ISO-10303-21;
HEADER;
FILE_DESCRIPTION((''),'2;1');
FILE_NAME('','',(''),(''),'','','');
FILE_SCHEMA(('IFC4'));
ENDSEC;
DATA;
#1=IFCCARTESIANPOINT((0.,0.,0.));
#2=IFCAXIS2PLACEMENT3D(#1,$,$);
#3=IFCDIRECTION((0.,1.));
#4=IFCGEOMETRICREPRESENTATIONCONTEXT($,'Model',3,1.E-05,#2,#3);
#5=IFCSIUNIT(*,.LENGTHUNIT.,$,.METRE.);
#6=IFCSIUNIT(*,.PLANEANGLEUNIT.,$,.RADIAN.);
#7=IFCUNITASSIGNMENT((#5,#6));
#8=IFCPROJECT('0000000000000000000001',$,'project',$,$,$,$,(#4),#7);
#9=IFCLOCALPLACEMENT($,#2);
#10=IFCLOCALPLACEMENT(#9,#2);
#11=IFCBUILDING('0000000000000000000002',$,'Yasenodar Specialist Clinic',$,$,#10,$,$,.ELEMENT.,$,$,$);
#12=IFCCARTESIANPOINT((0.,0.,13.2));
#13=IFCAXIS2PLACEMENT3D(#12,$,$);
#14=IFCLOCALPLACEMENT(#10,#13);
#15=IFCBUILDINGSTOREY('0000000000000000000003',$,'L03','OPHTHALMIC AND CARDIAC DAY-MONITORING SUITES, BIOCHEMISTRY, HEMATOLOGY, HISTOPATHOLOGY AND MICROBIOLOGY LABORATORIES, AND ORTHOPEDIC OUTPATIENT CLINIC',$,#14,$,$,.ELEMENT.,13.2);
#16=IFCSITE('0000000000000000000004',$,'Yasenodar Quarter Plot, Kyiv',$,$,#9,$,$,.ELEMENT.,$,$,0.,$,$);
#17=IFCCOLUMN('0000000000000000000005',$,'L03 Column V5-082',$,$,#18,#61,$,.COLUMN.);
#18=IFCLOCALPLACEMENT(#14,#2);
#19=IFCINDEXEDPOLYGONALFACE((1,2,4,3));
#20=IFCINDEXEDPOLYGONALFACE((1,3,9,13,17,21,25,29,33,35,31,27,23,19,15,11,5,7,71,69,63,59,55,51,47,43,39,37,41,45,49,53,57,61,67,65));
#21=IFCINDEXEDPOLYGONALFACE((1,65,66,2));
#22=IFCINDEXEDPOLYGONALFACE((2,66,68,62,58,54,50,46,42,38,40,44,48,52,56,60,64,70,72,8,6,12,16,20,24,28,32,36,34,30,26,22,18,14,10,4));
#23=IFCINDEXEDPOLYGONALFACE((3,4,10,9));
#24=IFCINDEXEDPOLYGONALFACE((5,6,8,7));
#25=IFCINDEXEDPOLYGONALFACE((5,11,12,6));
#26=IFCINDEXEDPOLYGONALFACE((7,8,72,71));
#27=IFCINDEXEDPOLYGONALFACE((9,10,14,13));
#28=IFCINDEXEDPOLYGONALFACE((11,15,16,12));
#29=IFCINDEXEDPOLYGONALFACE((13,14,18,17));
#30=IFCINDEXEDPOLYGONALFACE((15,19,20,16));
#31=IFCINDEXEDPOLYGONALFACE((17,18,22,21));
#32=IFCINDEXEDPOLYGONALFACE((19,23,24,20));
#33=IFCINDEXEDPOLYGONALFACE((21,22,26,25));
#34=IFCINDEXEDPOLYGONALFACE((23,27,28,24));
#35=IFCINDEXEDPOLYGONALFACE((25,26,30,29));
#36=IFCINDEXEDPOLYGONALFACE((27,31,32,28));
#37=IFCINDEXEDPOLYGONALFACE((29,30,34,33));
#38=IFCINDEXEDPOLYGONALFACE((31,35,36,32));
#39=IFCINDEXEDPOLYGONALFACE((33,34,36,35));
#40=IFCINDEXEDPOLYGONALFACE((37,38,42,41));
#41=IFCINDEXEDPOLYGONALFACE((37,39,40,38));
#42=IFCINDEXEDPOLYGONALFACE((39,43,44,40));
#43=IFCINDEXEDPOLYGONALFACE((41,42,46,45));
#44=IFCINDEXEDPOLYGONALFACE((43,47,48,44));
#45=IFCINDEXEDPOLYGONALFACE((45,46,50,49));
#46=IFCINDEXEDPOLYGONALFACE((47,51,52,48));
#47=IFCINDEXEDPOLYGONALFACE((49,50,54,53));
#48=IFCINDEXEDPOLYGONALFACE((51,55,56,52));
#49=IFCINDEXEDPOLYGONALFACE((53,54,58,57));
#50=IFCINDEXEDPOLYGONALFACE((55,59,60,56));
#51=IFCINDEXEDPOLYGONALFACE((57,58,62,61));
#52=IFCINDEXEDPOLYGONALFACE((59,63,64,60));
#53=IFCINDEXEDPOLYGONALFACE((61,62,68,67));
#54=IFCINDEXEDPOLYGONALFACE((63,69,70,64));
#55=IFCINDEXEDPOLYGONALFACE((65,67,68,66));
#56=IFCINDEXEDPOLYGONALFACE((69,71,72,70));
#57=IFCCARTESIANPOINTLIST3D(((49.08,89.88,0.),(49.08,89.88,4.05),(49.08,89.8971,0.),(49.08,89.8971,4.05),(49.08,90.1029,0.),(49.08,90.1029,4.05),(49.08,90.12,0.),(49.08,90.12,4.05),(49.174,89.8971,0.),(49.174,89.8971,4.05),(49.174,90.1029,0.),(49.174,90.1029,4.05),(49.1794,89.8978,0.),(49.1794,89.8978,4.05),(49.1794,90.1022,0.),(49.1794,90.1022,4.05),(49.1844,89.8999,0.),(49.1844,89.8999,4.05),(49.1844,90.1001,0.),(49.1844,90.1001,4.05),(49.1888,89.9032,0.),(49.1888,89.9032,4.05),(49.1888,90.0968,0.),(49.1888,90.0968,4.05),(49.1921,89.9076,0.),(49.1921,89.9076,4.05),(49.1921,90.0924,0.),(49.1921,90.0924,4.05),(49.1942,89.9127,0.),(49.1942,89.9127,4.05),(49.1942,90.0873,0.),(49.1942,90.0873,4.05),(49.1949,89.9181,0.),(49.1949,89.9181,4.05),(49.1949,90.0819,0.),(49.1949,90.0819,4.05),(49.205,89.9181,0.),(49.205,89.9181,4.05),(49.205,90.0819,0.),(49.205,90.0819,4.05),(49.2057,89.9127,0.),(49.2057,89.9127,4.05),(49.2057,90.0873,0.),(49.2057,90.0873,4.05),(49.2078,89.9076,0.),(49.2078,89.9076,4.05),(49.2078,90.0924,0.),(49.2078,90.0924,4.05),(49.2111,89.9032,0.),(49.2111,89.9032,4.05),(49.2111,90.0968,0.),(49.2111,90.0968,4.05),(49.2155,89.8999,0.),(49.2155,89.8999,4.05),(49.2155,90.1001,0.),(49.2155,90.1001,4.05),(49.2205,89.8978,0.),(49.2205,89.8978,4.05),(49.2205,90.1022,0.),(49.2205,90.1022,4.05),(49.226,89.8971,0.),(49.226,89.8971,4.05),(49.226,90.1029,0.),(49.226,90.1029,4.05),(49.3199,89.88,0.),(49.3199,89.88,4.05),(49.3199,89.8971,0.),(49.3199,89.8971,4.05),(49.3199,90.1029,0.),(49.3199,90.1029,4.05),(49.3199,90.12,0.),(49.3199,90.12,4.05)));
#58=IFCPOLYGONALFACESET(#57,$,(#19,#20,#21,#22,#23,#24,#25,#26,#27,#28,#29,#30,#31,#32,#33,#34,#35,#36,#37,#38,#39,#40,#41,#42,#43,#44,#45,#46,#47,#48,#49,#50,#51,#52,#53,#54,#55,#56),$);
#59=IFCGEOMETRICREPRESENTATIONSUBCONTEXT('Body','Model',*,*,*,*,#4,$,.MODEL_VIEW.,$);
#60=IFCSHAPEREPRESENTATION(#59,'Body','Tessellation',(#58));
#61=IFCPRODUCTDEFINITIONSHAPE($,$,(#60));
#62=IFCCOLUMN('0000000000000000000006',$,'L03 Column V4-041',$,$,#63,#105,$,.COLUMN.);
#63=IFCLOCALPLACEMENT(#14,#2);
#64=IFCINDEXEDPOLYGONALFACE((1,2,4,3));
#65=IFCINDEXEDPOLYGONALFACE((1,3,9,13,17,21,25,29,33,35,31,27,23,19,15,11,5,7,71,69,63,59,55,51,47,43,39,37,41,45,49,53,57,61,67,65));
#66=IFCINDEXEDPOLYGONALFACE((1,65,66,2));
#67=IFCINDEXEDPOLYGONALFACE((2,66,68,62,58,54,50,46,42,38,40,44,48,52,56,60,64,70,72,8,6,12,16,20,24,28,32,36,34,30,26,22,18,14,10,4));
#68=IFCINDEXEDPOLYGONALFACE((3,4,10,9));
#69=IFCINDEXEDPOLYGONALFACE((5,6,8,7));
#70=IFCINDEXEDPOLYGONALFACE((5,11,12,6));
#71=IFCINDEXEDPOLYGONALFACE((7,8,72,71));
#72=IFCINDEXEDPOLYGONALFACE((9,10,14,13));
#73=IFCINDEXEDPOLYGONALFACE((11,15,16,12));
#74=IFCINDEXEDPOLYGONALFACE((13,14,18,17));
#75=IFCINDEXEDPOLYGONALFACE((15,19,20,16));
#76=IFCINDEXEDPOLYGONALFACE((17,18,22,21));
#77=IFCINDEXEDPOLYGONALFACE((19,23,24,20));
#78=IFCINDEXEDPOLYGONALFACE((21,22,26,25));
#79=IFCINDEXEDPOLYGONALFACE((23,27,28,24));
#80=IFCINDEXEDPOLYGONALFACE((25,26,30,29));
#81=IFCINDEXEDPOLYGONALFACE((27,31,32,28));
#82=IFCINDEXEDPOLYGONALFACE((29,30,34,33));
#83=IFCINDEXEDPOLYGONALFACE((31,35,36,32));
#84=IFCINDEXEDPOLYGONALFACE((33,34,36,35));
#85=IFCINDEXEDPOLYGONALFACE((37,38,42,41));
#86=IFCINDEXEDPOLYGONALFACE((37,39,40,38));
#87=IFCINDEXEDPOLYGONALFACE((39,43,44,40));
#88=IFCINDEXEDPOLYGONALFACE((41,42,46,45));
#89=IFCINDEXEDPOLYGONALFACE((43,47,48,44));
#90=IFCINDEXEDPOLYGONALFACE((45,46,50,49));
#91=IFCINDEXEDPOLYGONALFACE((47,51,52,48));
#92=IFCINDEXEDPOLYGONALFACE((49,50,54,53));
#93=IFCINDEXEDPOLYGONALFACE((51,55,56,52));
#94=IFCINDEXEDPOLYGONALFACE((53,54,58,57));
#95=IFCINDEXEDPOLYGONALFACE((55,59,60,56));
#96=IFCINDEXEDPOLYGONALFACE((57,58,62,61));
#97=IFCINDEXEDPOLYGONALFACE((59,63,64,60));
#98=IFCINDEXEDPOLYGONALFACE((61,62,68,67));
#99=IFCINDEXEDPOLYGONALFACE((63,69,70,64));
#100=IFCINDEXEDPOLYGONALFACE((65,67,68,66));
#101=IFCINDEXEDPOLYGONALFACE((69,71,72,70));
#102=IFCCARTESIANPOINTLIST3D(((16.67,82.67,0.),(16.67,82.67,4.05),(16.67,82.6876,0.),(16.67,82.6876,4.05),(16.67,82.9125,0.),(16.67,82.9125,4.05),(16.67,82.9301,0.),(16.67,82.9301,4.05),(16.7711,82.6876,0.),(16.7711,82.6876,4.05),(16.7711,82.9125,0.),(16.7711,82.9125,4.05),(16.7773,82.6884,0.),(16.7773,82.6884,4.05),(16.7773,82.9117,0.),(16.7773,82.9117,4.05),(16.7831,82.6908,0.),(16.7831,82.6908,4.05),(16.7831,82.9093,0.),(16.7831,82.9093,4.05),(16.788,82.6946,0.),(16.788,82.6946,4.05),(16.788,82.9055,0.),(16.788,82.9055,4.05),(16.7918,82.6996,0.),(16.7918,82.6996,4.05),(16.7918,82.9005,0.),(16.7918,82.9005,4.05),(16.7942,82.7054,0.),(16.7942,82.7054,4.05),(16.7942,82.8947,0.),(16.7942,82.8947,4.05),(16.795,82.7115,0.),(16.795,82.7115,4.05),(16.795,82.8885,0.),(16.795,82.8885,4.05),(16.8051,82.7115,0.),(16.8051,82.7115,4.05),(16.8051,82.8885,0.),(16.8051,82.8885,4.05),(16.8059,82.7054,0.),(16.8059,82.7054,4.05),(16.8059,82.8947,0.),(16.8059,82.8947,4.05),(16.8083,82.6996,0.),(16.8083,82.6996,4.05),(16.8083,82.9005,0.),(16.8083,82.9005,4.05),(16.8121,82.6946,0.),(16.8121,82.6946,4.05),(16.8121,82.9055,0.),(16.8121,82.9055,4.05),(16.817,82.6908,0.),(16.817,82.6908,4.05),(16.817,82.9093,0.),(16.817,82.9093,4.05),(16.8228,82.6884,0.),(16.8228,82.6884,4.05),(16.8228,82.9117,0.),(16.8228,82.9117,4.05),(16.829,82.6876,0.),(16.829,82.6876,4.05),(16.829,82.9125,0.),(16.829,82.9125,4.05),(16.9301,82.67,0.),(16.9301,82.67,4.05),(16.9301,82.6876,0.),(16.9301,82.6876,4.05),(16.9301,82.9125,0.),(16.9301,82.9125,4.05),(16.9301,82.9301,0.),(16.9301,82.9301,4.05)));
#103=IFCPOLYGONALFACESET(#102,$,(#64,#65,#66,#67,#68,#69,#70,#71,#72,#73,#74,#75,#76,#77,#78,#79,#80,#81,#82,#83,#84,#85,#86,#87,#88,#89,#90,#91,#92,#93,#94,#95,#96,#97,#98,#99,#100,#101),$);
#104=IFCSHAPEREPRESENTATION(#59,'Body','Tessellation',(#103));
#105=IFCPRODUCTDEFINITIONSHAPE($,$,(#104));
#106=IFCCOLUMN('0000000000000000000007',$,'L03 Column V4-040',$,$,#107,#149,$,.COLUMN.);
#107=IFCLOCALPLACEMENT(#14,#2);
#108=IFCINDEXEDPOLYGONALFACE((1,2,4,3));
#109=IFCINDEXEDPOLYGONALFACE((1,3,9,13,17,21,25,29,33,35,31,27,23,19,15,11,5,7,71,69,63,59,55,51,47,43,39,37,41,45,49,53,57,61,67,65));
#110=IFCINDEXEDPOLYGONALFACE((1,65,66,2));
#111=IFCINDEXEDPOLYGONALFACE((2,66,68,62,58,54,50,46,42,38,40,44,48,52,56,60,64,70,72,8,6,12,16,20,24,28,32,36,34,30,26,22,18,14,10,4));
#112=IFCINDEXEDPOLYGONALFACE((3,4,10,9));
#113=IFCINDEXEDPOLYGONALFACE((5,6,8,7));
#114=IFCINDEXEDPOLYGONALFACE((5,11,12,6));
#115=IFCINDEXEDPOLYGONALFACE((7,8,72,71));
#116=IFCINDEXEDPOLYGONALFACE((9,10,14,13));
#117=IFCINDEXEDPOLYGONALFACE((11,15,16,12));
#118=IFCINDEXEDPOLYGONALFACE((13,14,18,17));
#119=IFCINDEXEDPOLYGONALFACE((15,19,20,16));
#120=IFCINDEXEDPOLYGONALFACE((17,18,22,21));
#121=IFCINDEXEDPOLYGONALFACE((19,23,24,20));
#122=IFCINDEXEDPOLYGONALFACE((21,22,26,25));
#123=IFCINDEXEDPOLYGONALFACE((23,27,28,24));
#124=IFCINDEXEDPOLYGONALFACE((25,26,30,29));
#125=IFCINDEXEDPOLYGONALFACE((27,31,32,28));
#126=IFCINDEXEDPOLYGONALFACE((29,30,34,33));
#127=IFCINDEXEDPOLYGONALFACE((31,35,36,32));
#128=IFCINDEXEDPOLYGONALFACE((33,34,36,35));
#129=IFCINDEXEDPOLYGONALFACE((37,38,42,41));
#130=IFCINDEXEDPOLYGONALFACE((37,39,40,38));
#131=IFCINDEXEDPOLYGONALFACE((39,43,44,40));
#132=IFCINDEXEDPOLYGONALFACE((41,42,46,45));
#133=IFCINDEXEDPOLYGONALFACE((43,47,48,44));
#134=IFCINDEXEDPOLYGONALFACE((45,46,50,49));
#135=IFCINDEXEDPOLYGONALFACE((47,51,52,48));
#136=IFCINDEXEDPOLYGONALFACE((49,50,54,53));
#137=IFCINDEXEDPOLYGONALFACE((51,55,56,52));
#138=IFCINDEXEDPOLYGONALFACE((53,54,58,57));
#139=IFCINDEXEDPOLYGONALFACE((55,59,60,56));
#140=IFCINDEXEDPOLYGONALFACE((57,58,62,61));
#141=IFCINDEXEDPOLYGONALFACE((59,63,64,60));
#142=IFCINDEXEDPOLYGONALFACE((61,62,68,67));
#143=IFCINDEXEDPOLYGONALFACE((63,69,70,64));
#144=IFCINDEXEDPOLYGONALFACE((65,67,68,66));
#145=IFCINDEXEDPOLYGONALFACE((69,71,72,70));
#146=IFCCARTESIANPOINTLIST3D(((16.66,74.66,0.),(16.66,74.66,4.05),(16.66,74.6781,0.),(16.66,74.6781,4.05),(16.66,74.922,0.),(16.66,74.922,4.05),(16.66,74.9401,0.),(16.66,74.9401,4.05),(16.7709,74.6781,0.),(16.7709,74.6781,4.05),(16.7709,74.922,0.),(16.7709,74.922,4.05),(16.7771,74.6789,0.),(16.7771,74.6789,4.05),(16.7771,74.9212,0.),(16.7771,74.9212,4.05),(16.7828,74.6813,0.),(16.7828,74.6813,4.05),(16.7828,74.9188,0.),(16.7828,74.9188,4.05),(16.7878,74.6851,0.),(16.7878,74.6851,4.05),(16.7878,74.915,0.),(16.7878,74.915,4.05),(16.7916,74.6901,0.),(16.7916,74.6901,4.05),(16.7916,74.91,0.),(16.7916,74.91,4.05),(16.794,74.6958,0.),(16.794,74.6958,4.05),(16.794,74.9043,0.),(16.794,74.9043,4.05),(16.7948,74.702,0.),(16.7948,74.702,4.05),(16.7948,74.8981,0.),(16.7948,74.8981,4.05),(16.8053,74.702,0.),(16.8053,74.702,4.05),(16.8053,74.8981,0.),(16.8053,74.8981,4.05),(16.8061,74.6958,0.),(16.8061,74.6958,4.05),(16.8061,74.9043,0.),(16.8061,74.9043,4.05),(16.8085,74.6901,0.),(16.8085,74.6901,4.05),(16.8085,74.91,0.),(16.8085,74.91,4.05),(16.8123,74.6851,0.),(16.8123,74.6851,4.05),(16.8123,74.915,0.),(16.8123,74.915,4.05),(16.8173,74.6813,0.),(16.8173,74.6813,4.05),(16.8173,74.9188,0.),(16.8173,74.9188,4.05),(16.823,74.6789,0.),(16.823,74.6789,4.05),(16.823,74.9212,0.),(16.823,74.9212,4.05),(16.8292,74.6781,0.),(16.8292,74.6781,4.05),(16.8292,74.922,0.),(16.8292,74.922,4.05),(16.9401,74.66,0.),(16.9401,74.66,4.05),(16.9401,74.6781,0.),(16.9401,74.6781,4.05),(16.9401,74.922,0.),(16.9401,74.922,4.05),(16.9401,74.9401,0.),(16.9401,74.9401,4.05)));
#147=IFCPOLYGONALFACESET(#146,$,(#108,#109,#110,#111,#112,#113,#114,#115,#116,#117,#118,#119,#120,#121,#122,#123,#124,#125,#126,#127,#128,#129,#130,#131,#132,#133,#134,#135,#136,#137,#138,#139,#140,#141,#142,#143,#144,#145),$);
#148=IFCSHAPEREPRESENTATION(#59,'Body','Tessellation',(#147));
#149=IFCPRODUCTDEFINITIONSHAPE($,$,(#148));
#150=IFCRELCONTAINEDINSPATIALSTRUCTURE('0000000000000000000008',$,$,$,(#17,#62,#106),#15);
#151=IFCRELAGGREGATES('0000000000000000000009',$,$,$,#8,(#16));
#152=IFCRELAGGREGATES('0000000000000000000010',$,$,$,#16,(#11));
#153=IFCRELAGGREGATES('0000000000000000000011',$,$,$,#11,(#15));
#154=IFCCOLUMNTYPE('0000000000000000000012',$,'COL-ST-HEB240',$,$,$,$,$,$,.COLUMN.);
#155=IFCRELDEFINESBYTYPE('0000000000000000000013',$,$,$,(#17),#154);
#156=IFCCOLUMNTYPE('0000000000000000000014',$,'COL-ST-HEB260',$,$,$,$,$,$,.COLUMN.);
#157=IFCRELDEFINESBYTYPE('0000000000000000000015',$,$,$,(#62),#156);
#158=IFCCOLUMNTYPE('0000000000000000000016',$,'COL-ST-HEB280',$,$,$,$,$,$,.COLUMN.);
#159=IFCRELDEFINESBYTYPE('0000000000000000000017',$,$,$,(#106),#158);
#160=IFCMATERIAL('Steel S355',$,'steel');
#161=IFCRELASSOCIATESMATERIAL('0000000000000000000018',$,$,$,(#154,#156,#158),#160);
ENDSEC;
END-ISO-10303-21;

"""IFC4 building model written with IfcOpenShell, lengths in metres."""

from ifc_helpers import new_model, si_unit, direction, frame, origin, origin_2d, place, context, subcontext, project, spatial, i_section, extrude, material, material_profile, profile_set, type_object, element, save


model = new_model("IFC4")

# Units and contexts
model_context = context("Model", 3, precision=1e-05, world=origin(), true_north=direction((0.0, 1.0)))
body_context = subcontext(model_context, "Body", "Model", "MODEL_VIEW")
ifc_project = project(units=[si_unit("LENGTHUNIT", "METRE"), si_unit("PLANEANGLEUNIT", "RADIAN")], contexts=[model_context])

# Site, building, storey
site_placement = place(None, origin())
site = spatial("IfcSite", under=ifc_project, at=site_placement, Name="Yasenodar Quarter Plot, Kyiv", CompositionType="ELEMENT", RefElevation=0.0)
building_placement = place(site_placement, origin())
building = spatial("IfcBuilding", under=site, at=building_placement, Name="Yasenodar Specialist Clinic", CompositionType="ELEMENT")
storey_placement = place(building_placement, frame((0.0, 0.0, 13.2)))
storey = spatial("IfcBuildingStorey", under=building, at=storey_placement, Name="L03", Description="OPHTHALMIC AND CARDIAC DAY-MONITORING SUITES, BIOCHEMISTRY, HEMATOLOGY, HISTOPATHOLOGY AND MICROBIOLOGY LABORATORIES, AND ORTHOPEDIC OUTPATIENT CLINIC", CompositionType="ELEMENT", Elevation=13.2)

# Columns
ifc_material_1 = material(Name="Steel S355", Category="steel")
ifc_material_profile_1 = material_profile(ifc_material_1, i_section(OverallWidth=0.24, OverallDepth=0.24, WebThickness=0.01, FlangeThickness=0.0171, FilletRadius=0.021, at=origin_2d()), Name="HEB 240")
ifc_profile_set_1 = profile_set([ifc_material_profile_1], Name="Steel S355")
column_type_1 = type_object("IfcColumnType", Name="COL-ST-HEB240", PredefinedType="COLUMN", material=ifc_profile_set_1)
for number, where, z_axis, x_axis, name in (
    (1, (49.2, 90.0, 0.0), (0.0, 0.0, 1.0), (1.0, 0.0, 0.0), "L03 Column V5-082"),
):
    element("IfcColumn", number, at=place(storey_placement, frame(where, z_axis=z_axis, x_axis=x_axis)), inside=storey, type_object=column_type_1, Name=name, PredefinedType="COLUMN", context=body_context, shape_type="SweptSolid", body=[
        extrude(i_section(OverallWidth=0.24, OverallDepth=0.24, WebThickness=0.01, FlangeThickness=0.0171, FilletRadius=0.021, at=origin_2d()), origin(), (0.0, 0.0, 1.0), 4.05),
    ])
ifc_material_profile_2 = material_profile(ifc_material_1, i_section(OverallWidth=0.26, OverallDepth=0.26, WebThickness=0.01, FlangeThickness=0.0176, FilletRadius=0.0239, at=origin_2d()), Name="HEB 260")
ifc_profile_set_2 = profile_set([ifc_material_profile_2], Name="Steel S355")
column_type_2 = type_object("IfcColumnType", Name="COL-ST-HEB260", PredefinedType="COLUMN", material=ifc_profile_set_2)
column_1_placement = place(storey_placement, frame((16.8, 82.8, 0.0), z_axis=(0.0, 0.0, 1.0), x_axis=(1.0, 0.0, 0.0)))
element("IfcColumn", 2, at=column_1_placement, inside=storey, type_object=column_type_2, Name="L03 Column V4-041", PredefinedType="COLUMN", context=body_context, shape_type="SweptSolid", body=[
    extrude(i_section(OverallWidth=0.26, OverallDepth=0.26, WebThickness=0.01, FlangeThickness=0.0176, FilletRadius=0.0239, at=origin_2d()), origin(), (0.0, 0.0, 1.0), 4.05),
])
ifc_material_profile_3 = material_profile(ifc_material_1, i_section(OverallWidth=0.28, OverallDepth=0.28, WebThickness=0.0105, FlangeThickness=0.0181, FilletRadius=0.0239, at=origin_2d()), Name="HEB 280")
ifc_profile_set_3 = profile_set([ifc_material_profile_3], Name="Steel S355")
column_type_3 = type_object("IfcColumnType", Name="COL-ST-HEB280", PredefinedType="COLUMN", material=ifc_profile_set_3)
column_2_placement = place(storey_placement, frame((16.8, 74.8, 0.0), z_axis=(0.0, 0.0, 1.0), x_axis=(1.0, 0.0, 0.0)))
element("IfcColumn", 3, at=column_2_placement, inside=storey, type_object=column_type_3, Name="L03 Column V4-040", PredefinedType="COLUMN", context=body_context, shape_type="SweptSolid", body=[
    extrude(i_section(OverallWidth=0.28, OverallDepth=0.28, WebThickness=0.0105, FlangeThickness=0.0181, FilletRadius=0.0239, at=origin_2d()), origin(), (0.0, 0.0, 1.0), 4.05),
])

save(model, "model.ifc")
